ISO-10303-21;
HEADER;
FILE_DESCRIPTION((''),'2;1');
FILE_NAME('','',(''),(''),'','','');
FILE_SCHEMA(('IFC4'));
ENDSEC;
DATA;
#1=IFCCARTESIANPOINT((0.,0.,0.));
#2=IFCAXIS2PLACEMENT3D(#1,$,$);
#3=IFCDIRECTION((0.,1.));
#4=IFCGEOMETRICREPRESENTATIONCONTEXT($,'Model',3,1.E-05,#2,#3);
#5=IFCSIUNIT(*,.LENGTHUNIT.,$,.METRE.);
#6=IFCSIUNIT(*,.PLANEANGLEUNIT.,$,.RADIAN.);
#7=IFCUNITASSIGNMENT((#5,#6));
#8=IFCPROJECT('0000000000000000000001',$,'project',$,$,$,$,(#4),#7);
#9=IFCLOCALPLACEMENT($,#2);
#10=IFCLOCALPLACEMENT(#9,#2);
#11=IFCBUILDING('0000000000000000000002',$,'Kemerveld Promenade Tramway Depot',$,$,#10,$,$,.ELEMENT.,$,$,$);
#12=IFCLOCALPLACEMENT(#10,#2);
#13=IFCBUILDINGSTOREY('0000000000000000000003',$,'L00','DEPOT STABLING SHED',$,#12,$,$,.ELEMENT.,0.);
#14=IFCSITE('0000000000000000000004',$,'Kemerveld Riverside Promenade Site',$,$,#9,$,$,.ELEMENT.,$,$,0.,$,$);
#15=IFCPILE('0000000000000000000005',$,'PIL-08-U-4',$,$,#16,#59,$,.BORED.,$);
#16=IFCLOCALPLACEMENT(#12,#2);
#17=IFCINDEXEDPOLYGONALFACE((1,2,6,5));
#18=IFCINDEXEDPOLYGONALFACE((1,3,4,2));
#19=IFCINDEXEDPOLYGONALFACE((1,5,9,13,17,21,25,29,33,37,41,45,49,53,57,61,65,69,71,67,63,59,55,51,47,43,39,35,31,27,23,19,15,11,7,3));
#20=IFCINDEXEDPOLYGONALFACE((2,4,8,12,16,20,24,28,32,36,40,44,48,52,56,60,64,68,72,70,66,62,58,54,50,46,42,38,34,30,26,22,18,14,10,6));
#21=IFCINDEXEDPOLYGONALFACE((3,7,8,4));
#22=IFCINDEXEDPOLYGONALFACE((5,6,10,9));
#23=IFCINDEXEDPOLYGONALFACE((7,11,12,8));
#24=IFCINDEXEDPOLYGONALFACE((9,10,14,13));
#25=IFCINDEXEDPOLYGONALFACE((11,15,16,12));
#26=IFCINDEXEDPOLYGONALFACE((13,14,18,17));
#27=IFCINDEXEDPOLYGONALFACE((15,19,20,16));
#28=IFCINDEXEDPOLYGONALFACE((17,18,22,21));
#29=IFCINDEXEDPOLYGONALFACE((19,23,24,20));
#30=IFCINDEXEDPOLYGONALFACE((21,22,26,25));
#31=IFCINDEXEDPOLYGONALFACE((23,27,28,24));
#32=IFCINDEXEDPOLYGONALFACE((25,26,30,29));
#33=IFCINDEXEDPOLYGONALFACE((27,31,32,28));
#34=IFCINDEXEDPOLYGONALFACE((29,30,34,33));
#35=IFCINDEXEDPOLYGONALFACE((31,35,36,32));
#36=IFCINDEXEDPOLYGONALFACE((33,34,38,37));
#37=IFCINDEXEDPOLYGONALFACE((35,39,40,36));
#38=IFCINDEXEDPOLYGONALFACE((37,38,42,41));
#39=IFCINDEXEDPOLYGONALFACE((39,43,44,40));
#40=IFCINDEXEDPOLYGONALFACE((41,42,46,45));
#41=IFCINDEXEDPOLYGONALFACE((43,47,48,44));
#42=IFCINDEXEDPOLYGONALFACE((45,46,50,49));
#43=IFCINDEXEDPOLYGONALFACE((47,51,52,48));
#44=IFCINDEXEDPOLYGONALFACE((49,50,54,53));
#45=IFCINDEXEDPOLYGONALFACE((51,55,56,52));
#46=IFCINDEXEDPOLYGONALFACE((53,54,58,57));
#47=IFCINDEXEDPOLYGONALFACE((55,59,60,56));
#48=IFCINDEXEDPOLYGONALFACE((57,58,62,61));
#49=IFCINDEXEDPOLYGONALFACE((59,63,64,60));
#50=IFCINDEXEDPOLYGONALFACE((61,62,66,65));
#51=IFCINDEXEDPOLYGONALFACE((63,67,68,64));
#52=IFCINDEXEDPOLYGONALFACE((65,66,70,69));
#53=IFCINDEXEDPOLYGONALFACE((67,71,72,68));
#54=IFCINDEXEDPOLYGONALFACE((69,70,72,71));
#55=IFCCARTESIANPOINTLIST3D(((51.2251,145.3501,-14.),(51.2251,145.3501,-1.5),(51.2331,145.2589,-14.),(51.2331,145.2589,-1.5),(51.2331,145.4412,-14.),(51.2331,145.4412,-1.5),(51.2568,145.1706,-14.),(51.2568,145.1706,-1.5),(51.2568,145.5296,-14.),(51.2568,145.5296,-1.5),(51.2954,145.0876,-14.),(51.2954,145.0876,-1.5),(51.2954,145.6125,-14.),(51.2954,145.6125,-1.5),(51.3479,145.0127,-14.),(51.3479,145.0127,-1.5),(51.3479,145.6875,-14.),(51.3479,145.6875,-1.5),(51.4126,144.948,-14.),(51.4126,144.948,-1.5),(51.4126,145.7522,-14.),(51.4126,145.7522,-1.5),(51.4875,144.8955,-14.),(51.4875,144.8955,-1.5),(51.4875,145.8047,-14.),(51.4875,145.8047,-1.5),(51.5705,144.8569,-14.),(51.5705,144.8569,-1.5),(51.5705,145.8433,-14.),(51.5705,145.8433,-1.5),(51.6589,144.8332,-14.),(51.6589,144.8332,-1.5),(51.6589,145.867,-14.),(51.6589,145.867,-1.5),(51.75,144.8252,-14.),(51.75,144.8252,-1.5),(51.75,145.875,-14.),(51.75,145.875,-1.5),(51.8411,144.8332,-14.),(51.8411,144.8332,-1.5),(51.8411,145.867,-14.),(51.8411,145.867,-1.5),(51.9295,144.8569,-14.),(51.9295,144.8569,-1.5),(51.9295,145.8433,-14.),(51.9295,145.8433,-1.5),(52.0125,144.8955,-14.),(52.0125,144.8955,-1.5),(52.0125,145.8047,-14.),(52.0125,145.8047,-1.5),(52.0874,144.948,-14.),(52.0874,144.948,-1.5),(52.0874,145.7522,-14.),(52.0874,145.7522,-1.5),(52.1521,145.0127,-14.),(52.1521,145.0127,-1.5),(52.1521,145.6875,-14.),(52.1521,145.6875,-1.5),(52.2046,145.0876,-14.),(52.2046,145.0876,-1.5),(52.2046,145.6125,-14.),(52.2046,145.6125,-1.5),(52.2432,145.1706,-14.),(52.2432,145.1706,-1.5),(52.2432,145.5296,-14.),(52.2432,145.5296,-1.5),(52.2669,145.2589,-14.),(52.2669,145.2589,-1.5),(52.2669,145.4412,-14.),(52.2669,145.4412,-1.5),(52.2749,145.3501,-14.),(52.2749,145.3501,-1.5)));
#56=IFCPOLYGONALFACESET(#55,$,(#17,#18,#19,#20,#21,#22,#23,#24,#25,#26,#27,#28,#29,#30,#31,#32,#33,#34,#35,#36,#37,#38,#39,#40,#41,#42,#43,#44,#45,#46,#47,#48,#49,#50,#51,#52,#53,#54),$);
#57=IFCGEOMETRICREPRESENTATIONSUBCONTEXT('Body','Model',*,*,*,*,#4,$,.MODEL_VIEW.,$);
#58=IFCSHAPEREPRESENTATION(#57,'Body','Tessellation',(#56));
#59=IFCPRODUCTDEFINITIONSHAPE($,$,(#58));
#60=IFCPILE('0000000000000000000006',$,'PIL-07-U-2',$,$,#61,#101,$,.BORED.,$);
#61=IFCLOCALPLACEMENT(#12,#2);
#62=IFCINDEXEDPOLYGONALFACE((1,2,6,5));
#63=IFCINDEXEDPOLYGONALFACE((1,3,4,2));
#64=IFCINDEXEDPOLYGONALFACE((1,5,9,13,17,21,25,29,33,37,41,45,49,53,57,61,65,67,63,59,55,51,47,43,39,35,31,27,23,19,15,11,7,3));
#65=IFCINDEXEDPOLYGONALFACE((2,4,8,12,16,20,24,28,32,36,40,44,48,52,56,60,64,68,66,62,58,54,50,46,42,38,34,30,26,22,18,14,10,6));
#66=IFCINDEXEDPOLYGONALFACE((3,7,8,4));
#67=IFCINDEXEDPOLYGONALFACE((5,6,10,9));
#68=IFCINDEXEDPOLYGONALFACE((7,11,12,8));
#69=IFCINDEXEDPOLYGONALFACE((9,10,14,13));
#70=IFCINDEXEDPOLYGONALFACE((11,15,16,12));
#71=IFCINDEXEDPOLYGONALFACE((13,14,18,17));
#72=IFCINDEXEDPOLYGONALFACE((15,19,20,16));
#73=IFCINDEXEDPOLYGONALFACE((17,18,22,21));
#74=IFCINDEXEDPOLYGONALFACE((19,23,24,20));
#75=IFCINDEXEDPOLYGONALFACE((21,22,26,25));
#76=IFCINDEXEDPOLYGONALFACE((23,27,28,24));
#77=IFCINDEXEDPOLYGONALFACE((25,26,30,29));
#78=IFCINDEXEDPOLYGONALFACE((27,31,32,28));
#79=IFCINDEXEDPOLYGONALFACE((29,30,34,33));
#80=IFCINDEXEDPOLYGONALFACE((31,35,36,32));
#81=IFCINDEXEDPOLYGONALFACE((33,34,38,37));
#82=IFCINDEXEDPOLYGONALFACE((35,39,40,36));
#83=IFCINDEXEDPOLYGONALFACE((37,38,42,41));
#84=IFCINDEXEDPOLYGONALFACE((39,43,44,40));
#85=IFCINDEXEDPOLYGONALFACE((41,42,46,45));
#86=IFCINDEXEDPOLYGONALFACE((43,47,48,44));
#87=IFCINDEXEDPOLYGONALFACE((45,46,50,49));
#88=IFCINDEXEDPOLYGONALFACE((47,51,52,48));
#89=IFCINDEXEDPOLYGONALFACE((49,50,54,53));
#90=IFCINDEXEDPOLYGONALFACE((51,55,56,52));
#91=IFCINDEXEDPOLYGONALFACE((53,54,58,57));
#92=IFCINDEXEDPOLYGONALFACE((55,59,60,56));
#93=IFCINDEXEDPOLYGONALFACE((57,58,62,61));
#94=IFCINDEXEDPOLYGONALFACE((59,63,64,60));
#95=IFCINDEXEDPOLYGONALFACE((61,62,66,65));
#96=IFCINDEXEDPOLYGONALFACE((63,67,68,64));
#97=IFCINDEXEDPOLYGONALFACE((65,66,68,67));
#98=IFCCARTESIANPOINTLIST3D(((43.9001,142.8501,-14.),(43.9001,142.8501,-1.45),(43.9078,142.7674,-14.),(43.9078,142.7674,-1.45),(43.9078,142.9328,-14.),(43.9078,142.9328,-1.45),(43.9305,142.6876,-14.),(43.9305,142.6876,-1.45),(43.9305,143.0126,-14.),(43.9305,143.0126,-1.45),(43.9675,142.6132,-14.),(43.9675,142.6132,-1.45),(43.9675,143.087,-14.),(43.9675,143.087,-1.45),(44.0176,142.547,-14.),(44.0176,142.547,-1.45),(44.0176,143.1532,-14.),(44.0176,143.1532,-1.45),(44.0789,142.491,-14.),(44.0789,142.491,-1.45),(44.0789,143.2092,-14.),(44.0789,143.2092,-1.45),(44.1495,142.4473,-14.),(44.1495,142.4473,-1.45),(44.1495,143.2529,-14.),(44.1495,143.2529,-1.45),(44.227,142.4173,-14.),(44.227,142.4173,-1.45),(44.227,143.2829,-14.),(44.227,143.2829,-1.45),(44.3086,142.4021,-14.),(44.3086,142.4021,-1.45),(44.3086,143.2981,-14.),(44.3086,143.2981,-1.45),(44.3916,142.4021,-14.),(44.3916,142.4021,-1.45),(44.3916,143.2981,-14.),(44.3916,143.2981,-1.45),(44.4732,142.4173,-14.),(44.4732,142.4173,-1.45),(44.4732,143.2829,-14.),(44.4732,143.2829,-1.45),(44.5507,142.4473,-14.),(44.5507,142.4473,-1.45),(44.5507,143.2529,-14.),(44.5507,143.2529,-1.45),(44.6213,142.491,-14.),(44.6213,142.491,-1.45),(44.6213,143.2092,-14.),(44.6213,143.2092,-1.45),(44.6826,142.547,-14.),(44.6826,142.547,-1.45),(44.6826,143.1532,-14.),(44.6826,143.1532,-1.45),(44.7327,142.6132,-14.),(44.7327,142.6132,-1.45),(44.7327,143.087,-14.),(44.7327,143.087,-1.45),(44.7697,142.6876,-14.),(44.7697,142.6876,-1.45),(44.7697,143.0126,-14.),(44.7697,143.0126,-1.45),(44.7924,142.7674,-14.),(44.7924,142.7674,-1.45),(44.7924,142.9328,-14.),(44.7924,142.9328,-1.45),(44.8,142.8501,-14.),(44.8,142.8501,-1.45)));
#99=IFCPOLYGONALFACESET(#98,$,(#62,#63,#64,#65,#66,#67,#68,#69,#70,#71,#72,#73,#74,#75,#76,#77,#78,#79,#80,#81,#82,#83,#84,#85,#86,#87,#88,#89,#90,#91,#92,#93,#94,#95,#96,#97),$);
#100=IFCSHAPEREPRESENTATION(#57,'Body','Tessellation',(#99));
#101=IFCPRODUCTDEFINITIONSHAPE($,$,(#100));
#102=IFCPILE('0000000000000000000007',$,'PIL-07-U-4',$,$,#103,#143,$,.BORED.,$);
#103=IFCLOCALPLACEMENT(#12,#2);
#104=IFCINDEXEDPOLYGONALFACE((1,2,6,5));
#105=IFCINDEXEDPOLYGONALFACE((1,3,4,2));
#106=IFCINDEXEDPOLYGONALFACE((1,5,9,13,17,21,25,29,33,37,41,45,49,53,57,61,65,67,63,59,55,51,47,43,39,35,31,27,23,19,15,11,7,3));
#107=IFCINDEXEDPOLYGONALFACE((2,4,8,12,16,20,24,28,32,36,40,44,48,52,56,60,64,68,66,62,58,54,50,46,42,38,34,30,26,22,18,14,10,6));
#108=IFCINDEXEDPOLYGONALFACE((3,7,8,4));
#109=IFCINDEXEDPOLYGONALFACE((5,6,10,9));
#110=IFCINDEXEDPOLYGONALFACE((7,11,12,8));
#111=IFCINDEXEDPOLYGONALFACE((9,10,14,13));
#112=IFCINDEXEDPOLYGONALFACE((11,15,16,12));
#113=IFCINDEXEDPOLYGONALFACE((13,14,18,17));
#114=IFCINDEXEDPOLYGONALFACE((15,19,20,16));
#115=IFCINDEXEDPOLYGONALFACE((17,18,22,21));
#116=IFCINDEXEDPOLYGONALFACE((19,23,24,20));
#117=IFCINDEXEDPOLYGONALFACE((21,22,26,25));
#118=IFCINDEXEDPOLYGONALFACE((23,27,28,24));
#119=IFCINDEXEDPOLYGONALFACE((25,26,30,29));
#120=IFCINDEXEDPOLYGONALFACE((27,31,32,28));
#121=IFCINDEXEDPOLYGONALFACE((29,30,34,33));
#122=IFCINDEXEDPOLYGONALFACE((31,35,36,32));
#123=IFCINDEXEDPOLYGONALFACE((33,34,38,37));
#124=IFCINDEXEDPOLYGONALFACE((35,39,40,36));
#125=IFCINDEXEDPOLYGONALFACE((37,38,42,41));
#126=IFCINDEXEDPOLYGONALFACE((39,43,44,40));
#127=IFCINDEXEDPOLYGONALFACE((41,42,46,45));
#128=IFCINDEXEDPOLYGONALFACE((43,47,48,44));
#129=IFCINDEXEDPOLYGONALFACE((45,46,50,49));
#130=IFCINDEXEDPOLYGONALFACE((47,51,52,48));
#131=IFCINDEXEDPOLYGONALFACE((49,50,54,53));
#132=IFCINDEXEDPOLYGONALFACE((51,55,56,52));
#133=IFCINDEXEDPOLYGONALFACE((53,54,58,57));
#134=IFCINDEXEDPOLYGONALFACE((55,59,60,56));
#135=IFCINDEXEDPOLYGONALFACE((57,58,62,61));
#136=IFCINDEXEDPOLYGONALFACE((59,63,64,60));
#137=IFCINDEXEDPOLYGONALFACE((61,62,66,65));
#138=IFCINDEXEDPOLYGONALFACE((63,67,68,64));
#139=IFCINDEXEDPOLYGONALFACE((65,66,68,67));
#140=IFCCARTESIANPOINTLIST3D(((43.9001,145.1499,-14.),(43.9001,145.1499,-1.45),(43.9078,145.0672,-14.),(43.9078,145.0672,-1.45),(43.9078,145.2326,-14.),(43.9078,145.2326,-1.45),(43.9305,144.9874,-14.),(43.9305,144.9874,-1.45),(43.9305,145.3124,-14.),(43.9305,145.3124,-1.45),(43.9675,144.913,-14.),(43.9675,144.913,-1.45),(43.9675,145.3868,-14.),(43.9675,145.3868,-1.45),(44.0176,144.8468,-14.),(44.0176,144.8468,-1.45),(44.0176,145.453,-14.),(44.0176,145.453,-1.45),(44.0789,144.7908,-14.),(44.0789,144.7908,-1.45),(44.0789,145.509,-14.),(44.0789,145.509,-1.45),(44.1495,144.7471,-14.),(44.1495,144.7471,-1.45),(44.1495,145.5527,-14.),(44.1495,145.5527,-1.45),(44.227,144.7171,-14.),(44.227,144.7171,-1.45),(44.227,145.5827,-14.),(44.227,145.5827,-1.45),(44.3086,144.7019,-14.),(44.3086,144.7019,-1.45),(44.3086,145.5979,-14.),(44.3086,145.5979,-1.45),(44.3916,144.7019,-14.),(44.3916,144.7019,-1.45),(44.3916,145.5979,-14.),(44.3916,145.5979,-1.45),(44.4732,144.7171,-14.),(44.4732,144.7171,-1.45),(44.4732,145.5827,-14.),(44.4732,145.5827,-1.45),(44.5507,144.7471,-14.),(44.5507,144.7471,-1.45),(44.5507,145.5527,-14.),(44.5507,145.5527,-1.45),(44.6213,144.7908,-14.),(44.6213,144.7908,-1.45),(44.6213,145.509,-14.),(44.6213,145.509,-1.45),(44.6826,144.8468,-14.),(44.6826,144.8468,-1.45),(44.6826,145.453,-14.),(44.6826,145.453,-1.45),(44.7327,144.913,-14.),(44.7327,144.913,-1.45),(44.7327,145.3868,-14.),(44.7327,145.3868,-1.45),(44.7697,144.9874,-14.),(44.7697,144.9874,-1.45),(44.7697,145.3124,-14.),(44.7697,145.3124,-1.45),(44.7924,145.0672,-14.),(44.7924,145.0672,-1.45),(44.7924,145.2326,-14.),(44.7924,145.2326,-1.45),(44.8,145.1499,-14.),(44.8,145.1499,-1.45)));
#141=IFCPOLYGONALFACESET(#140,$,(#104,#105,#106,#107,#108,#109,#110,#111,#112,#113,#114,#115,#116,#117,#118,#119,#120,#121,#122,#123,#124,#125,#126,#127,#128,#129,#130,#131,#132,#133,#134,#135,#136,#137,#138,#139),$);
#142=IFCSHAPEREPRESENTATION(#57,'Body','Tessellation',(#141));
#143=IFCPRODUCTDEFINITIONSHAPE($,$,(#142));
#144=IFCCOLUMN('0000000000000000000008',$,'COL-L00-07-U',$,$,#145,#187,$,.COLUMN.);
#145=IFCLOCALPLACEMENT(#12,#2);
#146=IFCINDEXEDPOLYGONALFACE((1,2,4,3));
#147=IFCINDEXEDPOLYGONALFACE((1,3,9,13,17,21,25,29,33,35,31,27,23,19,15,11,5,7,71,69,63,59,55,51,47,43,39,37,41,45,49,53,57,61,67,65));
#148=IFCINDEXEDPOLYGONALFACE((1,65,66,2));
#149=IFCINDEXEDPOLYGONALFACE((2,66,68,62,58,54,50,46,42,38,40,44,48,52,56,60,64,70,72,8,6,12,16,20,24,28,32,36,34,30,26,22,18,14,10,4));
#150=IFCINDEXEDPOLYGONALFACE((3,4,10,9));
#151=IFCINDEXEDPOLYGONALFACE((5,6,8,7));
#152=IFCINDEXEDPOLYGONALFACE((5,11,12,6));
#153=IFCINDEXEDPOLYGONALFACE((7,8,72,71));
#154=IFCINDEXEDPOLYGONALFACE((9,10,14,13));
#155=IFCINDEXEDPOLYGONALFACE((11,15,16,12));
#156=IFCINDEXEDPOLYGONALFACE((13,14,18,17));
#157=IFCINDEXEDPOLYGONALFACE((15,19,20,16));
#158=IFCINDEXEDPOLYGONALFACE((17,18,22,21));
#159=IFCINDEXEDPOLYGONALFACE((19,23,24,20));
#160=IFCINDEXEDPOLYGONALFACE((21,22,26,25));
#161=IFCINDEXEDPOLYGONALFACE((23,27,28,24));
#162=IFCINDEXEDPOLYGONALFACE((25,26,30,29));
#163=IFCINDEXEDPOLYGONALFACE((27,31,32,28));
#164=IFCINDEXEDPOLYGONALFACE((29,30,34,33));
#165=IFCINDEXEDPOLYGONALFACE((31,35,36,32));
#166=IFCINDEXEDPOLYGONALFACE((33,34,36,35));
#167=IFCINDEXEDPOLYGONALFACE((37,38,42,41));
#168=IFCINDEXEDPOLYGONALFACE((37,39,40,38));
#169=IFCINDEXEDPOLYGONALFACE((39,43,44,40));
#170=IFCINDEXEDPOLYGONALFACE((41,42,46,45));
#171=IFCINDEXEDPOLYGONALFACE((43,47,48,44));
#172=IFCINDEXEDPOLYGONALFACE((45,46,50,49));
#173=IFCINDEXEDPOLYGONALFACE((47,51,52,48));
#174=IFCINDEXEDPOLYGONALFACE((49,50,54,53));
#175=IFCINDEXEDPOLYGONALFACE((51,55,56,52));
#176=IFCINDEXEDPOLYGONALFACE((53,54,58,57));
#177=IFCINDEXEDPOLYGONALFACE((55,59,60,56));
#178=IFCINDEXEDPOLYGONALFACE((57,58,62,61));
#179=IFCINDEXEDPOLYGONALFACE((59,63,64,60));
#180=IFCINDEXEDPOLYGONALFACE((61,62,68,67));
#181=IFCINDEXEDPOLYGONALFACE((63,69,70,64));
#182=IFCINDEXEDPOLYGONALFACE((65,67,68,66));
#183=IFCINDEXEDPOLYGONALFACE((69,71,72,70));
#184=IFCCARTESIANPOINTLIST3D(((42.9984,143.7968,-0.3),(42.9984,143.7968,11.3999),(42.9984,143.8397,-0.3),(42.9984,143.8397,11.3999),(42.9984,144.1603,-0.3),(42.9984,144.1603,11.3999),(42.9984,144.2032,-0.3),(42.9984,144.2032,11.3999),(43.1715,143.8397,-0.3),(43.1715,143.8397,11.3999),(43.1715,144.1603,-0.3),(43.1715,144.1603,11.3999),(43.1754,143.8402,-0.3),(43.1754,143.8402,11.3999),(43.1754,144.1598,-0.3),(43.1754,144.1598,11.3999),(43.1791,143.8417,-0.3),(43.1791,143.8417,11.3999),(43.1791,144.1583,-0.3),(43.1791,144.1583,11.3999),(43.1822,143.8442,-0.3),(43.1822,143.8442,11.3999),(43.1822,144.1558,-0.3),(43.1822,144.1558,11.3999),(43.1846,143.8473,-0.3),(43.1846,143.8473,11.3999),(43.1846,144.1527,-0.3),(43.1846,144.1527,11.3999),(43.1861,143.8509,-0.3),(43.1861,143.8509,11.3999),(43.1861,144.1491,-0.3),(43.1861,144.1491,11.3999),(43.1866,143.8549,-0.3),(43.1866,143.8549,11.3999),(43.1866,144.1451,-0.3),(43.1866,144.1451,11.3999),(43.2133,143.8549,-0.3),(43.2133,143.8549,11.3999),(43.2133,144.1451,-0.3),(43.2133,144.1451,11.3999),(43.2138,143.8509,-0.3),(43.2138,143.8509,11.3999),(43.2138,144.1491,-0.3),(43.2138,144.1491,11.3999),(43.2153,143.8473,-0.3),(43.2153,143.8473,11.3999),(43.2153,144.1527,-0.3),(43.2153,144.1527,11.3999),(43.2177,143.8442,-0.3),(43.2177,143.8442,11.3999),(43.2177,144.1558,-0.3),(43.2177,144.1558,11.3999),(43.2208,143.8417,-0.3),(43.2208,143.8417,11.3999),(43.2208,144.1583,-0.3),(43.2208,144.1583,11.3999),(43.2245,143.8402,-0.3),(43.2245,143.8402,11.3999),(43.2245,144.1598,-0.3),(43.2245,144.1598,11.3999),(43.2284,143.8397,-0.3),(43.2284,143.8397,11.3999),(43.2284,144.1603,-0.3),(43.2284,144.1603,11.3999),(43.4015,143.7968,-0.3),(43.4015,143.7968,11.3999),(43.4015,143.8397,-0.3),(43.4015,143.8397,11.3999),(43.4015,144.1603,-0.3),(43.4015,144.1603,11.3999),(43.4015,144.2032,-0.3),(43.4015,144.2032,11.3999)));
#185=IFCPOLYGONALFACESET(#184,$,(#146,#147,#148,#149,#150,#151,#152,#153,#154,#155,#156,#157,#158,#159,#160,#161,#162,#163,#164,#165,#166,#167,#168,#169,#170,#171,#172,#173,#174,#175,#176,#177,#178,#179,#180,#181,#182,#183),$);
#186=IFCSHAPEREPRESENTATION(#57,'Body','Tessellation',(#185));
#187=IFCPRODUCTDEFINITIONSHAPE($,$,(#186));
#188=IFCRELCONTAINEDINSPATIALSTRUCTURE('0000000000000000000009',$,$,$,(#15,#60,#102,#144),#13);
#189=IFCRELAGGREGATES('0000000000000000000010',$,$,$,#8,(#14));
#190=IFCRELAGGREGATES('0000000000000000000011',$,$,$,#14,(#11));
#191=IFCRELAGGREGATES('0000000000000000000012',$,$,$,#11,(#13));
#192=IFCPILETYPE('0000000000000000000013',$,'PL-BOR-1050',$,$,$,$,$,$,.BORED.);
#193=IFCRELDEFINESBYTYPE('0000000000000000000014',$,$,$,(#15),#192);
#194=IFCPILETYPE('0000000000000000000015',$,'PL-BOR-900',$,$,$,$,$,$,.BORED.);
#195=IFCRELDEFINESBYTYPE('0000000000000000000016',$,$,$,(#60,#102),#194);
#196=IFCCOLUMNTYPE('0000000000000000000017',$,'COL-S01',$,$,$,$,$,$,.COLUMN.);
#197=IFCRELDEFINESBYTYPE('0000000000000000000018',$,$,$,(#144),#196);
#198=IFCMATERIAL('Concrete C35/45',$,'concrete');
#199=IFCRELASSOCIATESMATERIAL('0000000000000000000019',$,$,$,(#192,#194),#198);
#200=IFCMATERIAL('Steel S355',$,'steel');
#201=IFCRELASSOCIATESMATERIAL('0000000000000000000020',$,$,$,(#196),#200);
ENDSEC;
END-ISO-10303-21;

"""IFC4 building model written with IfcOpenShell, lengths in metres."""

from ifc_helpers import new_model, si_unit, direction, frame, origin, origin_2d, place, context, subcontext, project, spatial, circle, i_section, extrude, material, material_profile, profile_set, type_object, element, save


model = new_model("IFC4")

# Units and contexts
model_context = context("Model", 3, precision=1e-05, world=origin(), true_north=direction((0.0, 1.0)))
body_context = subcontext(model_context, "Body", "Model", "MODEL_VIEW")
ifc_project = project(units=[si_unit("LENGTHUNIT", "METRE"), si_unit("PLANEANGLEUNIT", "RADIAN")], contexts=[model_context])

# Site, building, storey
site_placement = place(None, origin())
site = spatial("IfcSite", under=ifc_project, at=site_placement, Name="Kemerveld Riverside Promenade Site", CompositionType="ELEMENT", RefElevation=0.0)
building_placement = place(site_placement, origin())
building = spatial("IfcBuilding", under=site, at=building_placement, Name="Kemerveld Promenade Tramway Depot", CompositionType="ELEMENT")
storey_placement = place(building_placement, origin())
storey = spatial("IfcBuildingStorey", under=building, at=storey_placement, Name="L00", Description="DEPOT STABLING SHED", CompositionType="ELEMENT", Elevation=0.0)

# Shared definitions
ifc_material_1 = material(Name="Concrete C35/45", Category="concrete")

# Piles
ifc_material_profile_1 = material_profile(ifc_material_1, circle(Radius=0.5249, at=origin_2d()), Name="PILE-D1050")
ifc_profile_set_1 = profile_set([ifc_material_profile_1], Name="Concrete C35/45")
pile_type_1 = type_object("IfcPileType", Name="PL-BOR-1050", PredefinedType="BORED", material=ifc_profile_set_1)
for number, where, z_axis, x_axis, name in (
    (1, (51.75, 145.3501, -1.5), (0.0, 0.0, -1.0), (1.0, 0.0, 0.0), "PIL-08-U-4"),
):
    element("IfcPile", number, at=place(storey_placement, frame(where, z_axis=z_axis, x_axis=x_axis)), inside=storey, type_object=pile_type_1, Name=name, PredefinedType="BORED", context=body_context, shape_type="SweptSolid", body=[
        extrude(circle(Radius=0.5249, at=origin_2d()), origin(), (0.0, 0.0, 1.0), 12.5),
    ])
ifc_material_profile_2 = material_profile(ifc_material_1, circle(Radius=0.45, at=origin_2d()), Name="PILE-D900")
ifc_profile_set_2 = profile_set([ifc_material_profile_2], Name="Concrete C35/45")
pile_type_2 = type_object("IfcPileType", Name="PL-BOR-900", PredefinedType="BORED", material=ifc_profile_set_2)
for number, where, z_axis, x_axis, name in (
    (2, (44.3501, 142.8501, -1.45), (0.0, 0.0, -1.0), (1.0, 0.0, 0.0), "PIL-07-U-2"),
    (3, (44.3501, 145.1499, -1.45), (0.0, 0.0, -1.0), (1.0, 0.0, 0.0), "PIL-07-U-4"),
):
    element("IfcPile", number, at=place(storey_placement, frame(where, z_axis=z_axis, x_axis=x_axis)), inside=storey, type_object=pile_type_2, Name=name, PredefinedType="BORED", context=body_context, shape_type="SweptSolid", body=[
        extrude(circle(Radius=0.45, at=origin_2d()), origin(), (0.0, 0.0, 1.0), 12.55),
    ])

# Column
ifc_material_2 = material(Name="Steel S355", Category="steel")
ifc_material_profile_3 = material_profile(ifc_material_2, i_section(OverallWidth=0.4031, OverallDepth=0.4065, WebThickness=0.0266, FlangeThickness=0.043, FilletRadius=0.0151, at=origin_2d()), Name="356x406x340 UC")
ifc_profile_set_3 = profile_set([ifc_material_profile_3], Name="Steel S355")
column_type = type_object("IfcColumnType", Name="COL-S01", PredefinedType="COLUMN", material=ifc_profile_set_3)
for number, where, z_axis, x_axis, name in (
    (4, (43.2, 144.0, -0.3), (0.0, 0.0, 1.0), (1.0, 0.0, 0.0), "COL-L00-07-U"),
):
    element("IfcColumn", number, at=place(storey_placement, frame(where, z_axis=z_axis, x_axis=x_axis)), inside=storey, type_object=column_type, Name=name, PredefinedType="COLUMN", context=body_context, shape_type="SweptSolid", body=[
        extrude(i_section(OverallWidth=0.4031, OverallDepth=0.4065, WebThickness=0.0266, FlangeThickness=0.043, FilletRadius=0.0151, at=origin_2d()), origin(), (0.0, 0.0, 1.0), 11.7),
    ])

save(model, "model.ifc")
